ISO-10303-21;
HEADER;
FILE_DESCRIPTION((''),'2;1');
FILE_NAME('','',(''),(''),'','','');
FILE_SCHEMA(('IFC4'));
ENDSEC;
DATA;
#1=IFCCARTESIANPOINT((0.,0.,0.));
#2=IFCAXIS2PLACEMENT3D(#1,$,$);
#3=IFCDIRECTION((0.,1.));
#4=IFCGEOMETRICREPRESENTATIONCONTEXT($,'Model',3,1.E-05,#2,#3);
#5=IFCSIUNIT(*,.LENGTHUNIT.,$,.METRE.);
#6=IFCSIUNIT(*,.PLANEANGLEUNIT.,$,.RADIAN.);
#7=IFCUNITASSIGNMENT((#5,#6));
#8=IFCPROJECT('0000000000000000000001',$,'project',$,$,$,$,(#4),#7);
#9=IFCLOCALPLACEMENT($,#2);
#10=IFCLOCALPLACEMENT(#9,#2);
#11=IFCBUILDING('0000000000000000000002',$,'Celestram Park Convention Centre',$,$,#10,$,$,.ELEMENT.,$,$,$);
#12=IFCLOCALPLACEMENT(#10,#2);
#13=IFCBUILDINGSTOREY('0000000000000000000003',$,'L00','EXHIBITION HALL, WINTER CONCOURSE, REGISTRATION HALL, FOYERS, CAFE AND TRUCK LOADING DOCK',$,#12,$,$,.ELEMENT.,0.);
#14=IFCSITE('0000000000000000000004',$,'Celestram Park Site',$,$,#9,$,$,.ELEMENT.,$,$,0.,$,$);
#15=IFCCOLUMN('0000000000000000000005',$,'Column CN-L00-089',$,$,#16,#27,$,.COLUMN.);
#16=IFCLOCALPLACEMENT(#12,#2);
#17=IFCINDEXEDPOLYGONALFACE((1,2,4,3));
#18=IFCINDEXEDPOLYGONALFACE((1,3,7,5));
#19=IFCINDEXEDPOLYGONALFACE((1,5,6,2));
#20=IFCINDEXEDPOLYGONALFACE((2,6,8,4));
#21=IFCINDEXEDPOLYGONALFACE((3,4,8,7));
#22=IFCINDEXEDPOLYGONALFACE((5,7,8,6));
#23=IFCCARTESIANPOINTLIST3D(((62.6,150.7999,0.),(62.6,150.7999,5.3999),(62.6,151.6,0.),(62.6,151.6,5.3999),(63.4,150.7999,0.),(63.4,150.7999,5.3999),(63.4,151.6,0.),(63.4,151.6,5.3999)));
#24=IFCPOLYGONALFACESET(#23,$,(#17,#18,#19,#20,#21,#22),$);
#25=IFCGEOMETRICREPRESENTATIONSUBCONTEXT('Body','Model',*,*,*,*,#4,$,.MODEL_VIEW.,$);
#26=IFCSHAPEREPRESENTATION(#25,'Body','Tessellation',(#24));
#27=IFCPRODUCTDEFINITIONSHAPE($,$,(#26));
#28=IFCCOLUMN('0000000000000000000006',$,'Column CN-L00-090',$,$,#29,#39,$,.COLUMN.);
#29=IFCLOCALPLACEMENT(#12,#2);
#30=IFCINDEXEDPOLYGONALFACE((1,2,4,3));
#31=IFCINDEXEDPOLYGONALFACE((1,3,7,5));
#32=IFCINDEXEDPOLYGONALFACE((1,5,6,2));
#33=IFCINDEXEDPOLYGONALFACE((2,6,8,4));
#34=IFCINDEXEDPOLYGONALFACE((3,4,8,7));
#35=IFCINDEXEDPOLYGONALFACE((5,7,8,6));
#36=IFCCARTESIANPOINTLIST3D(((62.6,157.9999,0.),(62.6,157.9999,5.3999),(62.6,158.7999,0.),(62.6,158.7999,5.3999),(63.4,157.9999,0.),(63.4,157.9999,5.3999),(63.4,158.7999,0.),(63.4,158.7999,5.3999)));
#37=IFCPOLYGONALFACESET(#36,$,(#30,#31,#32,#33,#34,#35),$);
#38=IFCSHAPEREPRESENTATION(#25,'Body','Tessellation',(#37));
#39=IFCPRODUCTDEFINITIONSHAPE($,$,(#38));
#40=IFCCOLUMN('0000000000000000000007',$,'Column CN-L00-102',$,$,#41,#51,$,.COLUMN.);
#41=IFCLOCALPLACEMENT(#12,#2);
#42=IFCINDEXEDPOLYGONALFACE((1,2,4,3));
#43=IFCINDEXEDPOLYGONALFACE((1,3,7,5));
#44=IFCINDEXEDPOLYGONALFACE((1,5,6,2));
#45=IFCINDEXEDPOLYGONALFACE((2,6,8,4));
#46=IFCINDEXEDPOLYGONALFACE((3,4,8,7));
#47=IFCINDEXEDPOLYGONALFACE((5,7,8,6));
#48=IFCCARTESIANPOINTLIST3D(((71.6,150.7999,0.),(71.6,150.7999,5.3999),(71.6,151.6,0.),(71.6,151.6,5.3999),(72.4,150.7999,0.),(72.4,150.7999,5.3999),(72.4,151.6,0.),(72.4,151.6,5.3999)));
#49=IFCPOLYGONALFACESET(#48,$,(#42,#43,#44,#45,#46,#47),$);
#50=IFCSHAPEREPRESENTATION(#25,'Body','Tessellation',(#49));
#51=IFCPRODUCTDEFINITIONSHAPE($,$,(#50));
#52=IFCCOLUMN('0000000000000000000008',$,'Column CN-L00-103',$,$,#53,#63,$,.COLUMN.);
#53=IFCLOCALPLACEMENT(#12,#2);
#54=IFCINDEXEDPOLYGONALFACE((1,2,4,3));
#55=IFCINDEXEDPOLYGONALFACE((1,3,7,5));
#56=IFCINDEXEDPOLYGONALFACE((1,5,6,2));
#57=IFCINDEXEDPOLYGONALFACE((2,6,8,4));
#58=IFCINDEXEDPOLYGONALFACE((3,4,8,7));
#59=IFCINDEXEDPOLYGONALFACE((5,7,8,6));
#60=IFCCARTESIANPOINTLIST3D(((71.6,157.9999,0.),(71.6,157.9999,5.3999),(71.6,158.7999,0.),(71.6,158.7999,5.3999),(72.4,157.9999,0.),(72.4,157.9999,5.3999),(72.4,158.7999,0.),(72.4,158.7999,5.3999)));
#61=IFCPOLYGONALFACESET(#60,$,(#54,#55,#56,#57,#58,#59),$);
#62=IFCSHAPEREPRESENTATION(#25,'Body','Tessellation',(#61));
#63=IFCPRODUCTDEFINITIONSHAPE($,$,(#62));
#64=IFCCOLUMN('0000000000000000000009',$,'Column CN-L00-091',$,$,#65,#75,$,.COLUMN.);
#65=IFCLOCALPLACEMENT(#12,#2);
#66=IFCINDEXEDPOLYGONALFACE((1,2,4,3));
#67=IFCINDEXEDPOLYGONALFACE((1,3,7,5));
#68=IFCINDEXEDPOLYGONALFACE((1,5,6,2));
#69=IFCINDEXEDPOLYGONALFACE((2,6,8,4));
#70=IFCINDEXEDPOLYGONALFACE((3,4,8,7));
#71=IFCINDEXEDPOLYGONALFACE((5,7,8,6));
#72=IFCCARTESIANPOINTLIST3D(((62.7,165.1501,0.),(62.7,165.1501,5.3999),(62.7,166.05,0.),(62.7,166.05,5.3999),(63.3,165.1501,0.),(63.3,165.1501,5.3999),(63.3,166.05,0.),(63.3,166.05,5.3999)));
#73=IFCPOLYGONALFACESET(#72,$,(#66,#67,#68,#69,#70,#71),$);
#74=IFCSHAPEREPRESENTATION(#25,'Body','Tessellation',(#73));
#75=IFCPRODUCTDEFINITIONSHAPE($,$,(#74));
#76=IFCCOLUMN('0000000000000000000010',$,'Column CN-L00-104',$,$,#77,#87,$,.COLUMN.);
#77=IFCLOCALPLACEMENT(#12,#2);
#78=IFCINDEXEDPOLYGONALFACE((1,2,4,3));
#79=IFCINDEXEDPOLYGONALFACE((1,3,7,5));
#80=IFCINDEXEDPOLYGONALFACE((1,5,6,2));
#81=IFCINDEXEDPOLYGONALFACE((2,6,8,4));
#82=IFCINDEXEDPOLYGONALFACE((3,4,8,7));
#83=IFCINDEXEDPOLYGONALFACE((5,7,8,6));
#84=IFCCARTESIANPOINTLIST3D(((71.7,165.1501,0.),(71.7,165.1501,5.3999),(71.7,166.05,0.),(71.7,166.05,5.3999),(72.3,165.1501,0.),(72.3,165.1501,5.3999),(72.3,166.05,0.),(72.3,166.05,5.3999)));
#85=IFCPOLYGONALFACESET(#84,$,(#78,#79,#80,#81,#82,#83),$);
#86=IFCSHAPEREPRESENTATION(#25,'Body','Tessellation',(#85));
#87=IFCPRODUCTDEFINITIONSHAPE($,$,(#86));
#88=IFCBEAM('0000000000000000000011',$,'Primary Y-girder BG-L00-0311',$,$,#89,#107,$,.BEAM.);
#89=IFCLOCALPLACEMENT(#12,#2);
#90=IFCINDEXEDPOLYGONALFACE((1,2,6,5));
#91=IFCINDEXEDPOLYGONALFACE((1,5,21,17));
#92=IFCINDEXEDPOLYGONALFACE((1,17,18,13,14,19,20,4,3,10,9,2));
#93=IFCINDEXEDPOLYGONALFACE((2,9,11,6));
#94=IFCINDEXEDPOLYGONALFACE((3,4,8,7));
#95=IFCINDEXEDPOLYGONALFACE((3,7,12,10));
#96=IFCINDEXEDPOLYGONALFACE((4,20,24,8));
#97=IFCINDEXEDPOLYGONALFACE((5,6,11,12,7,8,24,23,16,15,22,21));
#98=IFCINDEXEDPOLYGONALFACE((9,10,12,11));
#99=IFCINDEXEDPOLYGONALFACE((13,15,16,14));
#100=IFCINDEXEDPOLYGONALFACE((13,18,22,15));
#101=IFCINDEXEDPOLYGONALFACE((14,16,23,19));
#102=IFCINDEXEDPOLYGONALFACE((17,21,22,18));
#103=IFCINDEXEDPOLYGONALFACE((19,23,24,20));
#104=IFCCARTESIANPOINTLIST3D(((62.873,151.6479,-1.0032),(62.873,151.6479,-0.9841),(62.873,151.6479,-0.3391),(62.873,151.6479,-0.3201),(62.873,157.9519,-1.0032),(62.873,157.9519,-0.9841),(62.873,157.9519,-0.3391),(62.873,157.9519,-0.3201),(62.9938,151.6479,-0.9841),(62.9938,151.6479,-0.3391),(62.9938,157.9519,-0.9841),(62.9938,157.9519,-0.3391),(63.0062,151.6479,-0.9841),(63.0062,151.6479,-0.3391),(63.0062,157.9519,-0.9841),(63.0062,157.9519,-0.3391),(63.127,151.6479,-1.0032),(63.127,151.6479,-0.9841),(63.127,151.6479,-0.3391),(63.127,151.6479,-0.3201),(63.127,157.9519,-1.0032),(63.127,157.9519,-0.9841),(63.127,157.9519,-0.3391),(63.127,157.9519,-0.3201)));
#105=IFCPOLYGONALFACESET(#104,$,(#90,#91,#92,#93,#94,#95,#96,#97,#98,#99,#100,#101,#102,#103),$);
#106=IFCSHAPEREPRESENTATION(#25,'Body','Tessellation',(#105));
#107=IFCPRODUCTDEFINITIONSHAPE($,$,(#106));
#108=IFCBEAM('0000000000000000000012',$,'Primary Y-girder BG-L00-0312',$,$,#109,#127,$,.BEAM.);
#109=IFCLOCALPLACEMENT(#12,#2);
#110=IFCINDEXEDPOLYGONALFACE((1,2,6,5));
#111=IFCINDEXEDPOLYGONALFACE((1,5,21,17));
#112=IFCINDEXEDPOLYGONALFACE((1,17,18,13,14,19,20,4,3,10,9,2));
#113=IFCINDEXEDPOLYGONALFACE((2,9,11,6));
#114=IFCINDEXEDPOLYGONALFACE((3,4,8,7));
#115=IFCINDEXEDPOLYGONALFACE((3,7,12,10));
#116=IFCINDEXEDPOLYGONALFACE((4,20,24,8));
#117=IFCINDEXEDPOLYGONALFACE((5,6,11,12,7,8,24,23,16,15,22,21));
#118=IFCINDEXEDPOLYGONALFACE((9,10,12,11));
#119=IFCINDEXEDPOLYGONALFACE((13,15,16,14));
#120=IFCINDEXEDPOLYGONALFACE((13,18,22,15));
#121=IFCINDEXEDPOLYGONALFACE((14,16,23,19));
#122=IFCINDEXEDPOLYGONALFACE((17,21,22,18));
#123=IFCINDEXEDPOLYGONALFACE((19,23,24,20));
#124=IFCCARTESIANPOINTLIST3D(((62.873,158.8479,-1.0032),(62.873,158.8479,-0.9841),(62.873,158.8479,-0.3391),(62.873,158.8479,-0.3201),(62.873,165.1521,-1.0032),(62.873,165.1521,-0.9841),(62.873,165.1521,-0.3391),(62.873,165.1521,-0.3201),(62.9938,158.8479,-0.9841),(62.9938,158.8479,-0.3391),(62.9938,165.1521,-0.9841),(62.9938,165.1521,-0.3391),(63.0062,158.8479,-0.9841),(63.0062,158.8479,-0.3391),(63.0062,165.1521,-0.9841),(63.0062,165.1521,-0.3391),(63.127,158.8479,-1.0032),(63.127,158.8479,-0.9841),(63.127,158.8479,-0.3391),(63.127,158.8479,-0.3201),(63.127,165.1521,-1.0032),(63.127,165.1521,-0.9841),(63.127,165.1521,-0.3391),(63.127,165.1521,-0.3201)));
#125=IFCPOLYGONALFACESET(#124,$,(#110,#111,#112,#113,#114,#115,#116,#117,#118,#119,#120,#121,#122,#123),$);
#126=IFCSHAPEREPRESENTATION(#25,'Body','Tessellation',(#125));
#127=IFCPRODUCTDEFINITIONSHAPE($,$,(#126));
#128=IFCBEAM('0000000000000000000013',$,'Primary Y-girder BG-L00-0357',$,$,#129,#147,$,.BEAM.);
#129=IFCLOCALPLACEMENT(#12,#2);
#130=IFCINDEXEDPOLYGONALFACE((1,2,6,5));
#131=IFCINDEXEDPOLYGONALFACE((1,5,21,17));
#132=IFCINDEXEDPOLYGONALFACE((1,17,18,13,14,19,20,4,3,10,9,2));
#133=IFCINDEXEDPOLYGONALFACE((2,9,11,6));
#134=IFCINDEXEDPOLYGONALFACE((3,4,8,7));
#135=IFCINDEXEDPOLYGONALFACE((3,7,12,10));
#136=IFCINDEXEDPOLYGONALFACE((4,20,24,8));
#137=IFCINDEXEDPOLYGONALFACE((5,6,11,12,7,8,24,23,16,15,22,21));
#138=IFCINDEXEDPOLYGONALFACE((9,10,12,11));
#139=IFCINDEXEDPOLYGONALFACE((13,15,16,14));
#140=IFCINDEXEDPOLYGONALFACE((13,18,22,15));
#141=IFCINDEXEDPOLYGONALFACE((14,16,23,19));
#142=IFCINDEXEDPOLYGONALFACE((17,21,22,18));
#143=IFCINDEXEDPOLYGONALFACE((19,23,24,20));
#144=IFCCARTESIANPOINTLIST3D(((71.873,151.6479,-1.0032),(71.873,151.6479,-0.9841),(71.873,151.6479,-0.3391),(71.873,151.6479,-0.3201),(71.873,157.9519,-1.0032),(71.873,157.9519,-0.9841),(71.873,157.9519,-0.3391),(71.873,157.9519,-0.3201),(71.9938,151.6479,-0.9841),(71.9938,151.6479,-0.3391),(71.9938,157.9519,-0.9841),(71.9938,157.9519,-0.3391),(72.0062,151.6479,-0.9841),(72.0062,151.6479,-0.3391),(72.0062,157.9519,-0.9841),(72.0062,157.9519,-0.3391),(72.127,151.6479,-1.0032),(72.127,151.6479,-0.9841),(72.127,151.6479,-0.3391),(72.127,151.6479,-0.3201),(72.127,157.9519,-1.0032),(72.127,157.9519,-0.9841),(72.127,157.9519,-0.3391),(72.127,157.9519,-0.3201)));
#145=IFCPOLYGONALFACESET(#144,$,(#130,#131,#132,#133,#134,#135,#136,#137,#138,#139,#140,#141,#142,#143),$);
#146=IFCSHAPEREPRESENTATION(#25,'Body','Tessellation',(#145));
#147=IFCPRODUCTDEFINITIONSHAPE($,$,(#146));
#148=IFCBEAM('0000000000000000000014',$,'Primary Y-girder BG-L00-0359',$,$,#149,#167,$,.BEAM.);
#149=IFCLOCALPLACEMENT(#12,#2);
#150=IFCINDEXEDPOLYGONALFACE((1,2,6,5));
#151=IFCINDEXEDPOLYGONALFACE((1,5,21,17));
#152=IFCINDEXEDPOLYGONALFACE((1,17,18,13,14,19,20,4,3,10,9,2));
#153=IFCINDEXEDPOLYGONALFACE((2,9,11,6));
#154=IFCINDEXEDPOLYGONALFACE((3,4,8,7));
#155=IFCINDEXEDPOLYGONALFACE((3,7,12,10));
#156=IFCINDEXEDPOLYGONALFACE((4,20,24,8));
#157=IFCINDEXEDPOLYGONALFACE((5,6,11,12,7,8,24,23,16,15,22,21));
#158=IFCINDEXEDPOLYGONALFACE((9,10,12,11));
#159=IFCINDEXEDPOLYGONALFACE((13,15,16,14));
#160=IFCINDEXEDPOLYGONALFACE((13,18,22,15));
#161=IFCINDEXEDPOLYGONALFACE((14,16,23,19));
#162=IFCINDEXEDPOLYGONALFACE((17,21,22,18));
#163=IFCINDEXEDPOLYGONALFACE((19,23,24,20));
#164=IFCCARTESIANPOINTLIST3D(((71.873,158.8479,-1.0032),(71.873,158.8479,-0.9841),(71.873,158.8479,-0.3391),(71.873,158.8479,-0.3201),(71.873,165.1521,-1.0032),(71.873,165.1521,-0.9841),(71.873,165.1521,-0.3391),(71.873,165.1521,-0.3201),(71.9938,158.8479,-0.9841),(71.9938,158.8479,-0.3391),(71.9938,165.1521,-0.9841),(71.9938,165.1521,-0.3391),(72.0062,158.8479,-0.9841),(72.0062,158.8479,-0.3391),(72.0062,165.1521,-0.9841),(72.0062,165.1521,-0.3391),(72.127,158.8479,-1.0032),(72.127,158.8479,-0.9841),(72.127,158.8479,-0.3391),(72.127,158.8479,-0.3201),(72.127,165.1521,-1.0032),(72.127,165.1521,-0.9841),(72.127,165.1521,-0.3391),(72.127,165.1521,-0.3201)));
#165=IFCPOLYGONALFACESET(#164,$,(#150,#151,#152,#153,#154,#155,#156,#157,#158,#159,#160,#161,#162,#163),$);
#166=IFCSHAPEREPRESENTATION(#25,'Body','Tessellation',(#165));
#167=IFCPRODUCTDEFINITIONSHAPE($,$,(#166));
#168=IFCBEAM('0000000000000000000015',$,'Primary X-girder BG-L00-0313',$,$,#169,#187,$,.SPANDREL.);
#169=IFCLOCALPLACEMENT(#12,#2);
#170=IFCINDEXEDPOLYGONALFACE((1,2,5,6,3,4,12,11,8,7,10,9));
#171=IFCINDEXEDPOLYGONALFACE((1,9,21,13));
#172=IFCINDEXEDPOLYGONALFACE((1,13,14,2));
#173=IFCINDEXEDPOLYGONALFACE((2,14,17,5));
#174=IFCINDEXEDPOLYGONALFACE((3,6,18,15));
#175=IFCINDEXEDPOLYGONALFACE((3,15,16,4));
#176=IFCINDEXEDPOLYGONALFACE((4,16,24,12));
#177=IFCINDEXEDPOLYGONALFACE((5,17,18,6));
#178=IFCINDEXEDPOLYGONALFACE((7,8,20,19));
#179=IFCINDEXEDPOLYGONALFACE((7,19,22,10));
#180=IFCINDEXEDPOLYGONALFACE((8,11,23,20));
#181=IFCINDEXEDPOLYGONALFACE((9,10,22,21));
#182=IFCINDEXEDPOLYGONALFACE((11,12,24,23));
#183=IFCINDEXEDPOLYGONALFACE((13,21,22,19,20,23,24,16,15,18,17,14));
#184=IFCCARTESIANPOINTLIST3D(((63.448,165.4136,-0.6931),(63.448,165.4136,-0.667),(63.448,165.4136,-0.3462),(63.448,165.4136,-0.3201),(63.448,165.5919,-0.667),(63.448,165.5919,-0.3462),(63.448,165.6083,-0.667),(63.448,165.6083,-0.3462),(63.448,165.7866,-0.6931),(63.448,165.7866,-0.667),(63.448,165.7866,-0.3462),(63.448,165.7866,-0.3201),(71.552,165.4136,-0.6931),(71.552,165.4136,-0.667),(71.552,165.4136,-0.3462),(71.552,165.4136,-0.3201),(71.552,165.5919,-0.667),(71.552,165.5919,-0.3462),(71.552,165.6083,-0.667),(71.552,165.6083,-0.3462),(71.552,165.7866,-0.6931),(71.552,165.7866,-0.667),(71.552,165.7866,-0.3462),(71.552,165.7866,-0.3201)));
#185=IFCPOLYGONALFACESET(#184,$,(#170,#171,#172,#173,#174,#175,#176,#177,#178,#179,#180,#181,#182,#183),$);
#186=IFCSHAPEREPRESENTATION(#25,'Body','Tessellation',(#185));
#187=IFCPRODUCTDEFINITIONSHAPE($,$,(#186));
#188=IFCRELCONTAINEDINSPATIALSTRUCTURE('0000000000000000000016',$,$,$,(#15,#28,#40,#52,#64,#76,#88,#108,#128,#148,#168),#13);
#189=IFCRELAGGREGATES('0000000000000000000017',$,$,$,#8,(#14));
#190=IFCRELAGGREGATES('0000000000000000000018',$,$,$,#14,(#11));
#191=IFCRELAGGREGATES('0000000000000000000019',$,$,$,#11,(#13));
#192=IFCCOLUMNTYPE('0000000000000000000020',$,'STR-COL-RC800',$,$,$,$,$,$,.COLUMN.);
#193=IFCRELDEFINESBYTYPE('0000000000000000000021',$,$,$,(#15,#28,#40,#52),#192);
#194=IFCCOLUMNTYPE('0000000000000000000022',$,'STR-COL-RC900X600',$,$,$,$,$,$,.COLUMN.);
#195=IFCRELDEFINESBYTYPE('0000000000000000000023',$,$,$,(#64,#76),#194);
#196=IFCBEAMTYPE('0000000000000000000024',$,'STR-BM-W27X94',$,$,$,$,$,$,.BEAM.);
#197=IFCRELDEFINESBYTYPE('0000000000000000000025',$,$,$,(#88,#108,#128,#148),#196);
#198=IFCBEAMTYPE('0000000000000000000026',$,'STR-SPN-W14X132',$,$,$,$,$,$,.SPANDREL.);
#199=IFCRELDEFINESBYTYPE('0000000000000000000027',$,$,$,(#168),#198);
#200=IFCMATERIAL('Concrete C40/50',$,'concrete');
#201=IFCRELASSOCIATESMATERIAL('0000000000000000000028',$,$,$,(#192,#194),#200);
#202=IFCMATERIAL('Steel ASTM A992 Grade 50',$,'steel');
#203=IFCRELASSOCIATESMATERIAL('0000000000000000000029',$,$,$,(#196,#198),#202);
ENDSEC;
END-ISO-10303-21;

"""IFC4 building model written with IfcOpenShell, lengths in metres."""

from ifc_helpers import new_model, si_unit, direction, frame, origin, origin_2d, place, context, subcontext, project, spatial, rectangle, i_section, extrude, material, material_profile, profile_set, type_object, element, save


model = new_model("IFC4")

# Units and contexts
model_context = context("Model", 3, precision=1e-05, world=origin(), true_north=direction((0.0, 1.0)))
body_context = subcontext(model_context, "Body", "Model", "MODEL_VIEW")
ifc_project = project(units=[si_unit("LENGTHUNIT", "METRE"), si_unit("PLANEANGLEUNIT", "RADIAN")], contexts=[model_context])

# Site, building, storey
site_placement = place(None, origin())
site = spatial("IfcSite", under=ifc_project, at=site_placement, Name="Celestram Park Site", CompositionType="ELEMENT", RefElevation=0.0)
building_placement = place(site_placement, origin())
building = spatial("IfcBuilding", under=site, at=building_placement, Name="Celestram Park Convention Centre", CompositionType="ELEMENT")
storey_placement = place(building_placement, origin())
storey = spatial("IfcBuildingStorey", under=building, at=storey_placement, Name="L00", Description="EXHIBITION HALL, WINTER CONCOURSE, REGISTRATION HALL, FOYERS, CAFE AND TRUCK LOADING DOCK", CompositionType="ELEMENT", Elevation=0.0)

# Columns
ifc_material_1 = material(Name="Concrete C40/50", Category="concrete")
ifc_material_profile_1 = material_profile(ifc_material_1, rectangle(XDim=0.8, YDim=0.8, at=origin_2d()), Name="RC800X800")
ifc_profile_set_1 = profile_set([ifc_material_profile_1], Name="Concrete C40/50")
column_type_1 = type_object("IfcColumnType", Name="STR-COL-RC800", PredefinedType="COLUMN", material=ifc_profile_set_1)
for number, where, z_axis, x_axis, name in (
    (1, (63.0, 151.2, 0.0), (0.0, 0.0, 1.0), (1.0, 0.0, 0.0), "Column CN-L00-089"),
    (2, (63.0, 158.3999, 0.0), (0.0, 0.0, 1.0), (1.0, 0.0, 0.0), "Column CN-L00-090"),
    (3, (72.0, 151.2, 0.0), (0.0, 0.0, 1.0), (1.0, 0.0, 0.0), "Column CN-L00-102"),
    (4, (72.0, 158.3999, 0.0), (0.0, 0.0, 1.0), (1.0, 0.0, 0.0), "Column CN-L00-103"),
):
    element("IfcColumn", number, at=place(storey_placement, frame(where, z_axis=z_axis, x_axis=x_axis)), inside=storey, type_object=column_type_1, Name=name, PredefinedType="COLUMN", context=body_context, shape_type="SweptSolid", body=[
        extrude(rectangle(XDim=0.8, YDim=0.8, at=origin_2d()), origin(), (0.0, 0.0, 1.0), 5.3999),
    ])
ifc_material_profile_2 = material_profile(ifc_material_1, rectangle(XDim=0.6001, YDim=0.8999, at=origin_2d()), Name="RC900X600")
ifc_profile_set_2 = profile_set([ifc_material_profile_2], Name="Concrete C40/50")
column_type_2 = type_object("IfcColumnType", Name="STR-COL-RC900X600", PredefinedType="COLUMN", material=ifc_profile_set_2)
for number, where, z_axis, x_axis, name in (
    (5, (63.0, 165.6001, 0.0), (0.0, 0.0, 1.0), (1.0, 0.0, 0.0), "Column CN-L00-091"),
    (6, (72.0, 165.6001, 0.0), (0.0, 0.0, 1.0), (1.0, 0.0, 0.0), "Column CN-L00-104"),
):
    element("IfcColumn", number, at=place(storey_placement, frame(where, z_axis=z_axis, x_axis=x_axis)), inside=storey, type_object=column_type_2, Name=name, PredefinedType="COLUMN", context=body_context, shape_type="SweptSolid", body=[
        extrude(rectangle(XDim=0.6001, YDim=0.8999, at=origin_2d()), origin(), (0.0, 0.0, 1.0), 5.3999),
    ])

# Beams
ifc_material_2 = material(Name="Steel ASTM A992 Grade 50", Category="steel")
ifc_material_profile_3 = material_profile(ifc_material_2, i_section(OverallWidth=0.2539, OverallDepth=0.6831, WebThickness=0.0125, FlangeThickness=0.019, at=origin_2d()), Name="W27X94")
ifc_profile_set_3 = profile_set([ifc_material_profile_3], Name="Steel ASTM A992 Grade 50")
beam_type_1 = type_object("IfcBeamType", Name="STR-BM-W27X94", PredefinedType="BEAM", material=ifc_profile_set_3)
beam_1_placement = place(storey_placement, frame((63.0, 151.6479, -0.6616), z_axis=(0.0, 1.0, 0.0), x_axis=(-1.0, 0.0, 0.0)))
element("IfcBeam", 7, at=beam_1_placement, inside=storey, type_object=beam_type_1, Name="Primary Y-girder BG-L00-0311", PredefinedType="BEAM", context=body_context, shape_type="SweptSolid", body=[
    extrude(i_section(OverallWidth=0.2539, OverallDepth=0.6831, WebThickness=0.0125, FlangeThickness=0.019, at=origin_2d()), origin(), (0.0, 0.0, 1.0), 6.304),
])
beam_2_placement = place(storey_placement, frame((63.0, 158.8479, -0.6616), z_axis=(0.0, 1.0, 0.0), x_axis=(-1.0, 0.0, 0.0)))
element("IfcBeam", 8, at=beam_2_placement, inside=storey, type_object=beam_type_1, Name="Primary Y-girder BG-L00-0312", PredefinedType="BEAM", context=body_context, shape_type="SweptSolid", body=[
    extrude(i_section(OverallWidth=0.2539, OverallDepth=0.6831, WebThickness=0.0125, FlangeThickness=0.019, at=origin_2d()), origin(), (0.0, 0.0, 1.0), 6.3042),
])
beam_3_placement = place(storey_placement, frame((72.0, 151.6479, -0.6616), z_axis=(0.0, 1.0, 0.0), x_axis=(-1.0, 0.0, 0.0)))
element("IfcBeam", 9, at=beam_3_placement, inside=storey, type_object=beam_type_1, Name="Primary Y-girder BG-L00-0357", PredefinedType="BEAM", context=body_context, shape_type="SweptSolid", body=[
    extrude(i_section(OverallWidth=0.2539, OverallDepth=0.6831, WebThickness=0.0125, FlangeThickness=0.019, at=origin_2d()), origin(), (0.0, 0.0, 1.0), 6.304),
])
beam_4_placement = place(storey_placement, frame((72.0, 158.8479, -0.6616), z_axis=(0.0, 1.0, 0.0), x_axis=(-1.0, 0.0, 0.0)))
element("IfcBeam", 10, at=beam_4_placement, inside=storey, type_object=beam_type_1, Name="Primary Y-girder BG-L00-0359", PredefinedType="BEAM", context=body_context, shape_type="SweptSolid", body=[
    extrude(i_section(OverallWidth=0.2539, OverallDepth=0.6831, WebThickness=0.0125, FlangeThickness=0.019, at=origin_2d()), origin(), (0.0, 0.0, 1.0), 6.3042),
])
ifc_material_profile_4 = material_profile(ifc_material_2, i_section(OverallWidth=0.373, OverallDepth=0.373, WebThickness=0.0164, FlangeThickness=0.0261, at=origin_2d()), Name="W14X132")
ifc_profile_set_4 = profile_set([ifc_material_profile_4], Name="Steel ASTM A992 Grade 50")
beam_type_2 = type_object("IfcBeamType", Name="STR-SPN-W14X132", PredefinedType="SPANDREL", material=ifc_profile_set_4)
beam_5_placement = place(storey_placement, frame((63.448, 165.6001, -0.5066), z_axis=(1.0, 0.0, 0.0), x_axis=(0.0, 1.0, 0.0)))
element("IfcBeam", 11, at=beam_5_placement, inside=storey, type_object=beam_type_2, Name="Primary X-girder BG-L00-0313", PredefinedType="SPANDREL", context=body_context, shape_type="SweptSolid", body=[
    extrude(i_section(OverallWidth=0.373, OverallDepth=0.373, WebThickness=0.0164, FlangeThickness=0.0261, at=origin_2d()), origin(), (0.0, 0.0, 1.0), 8.104),
])

save(model, "model.ifc")
